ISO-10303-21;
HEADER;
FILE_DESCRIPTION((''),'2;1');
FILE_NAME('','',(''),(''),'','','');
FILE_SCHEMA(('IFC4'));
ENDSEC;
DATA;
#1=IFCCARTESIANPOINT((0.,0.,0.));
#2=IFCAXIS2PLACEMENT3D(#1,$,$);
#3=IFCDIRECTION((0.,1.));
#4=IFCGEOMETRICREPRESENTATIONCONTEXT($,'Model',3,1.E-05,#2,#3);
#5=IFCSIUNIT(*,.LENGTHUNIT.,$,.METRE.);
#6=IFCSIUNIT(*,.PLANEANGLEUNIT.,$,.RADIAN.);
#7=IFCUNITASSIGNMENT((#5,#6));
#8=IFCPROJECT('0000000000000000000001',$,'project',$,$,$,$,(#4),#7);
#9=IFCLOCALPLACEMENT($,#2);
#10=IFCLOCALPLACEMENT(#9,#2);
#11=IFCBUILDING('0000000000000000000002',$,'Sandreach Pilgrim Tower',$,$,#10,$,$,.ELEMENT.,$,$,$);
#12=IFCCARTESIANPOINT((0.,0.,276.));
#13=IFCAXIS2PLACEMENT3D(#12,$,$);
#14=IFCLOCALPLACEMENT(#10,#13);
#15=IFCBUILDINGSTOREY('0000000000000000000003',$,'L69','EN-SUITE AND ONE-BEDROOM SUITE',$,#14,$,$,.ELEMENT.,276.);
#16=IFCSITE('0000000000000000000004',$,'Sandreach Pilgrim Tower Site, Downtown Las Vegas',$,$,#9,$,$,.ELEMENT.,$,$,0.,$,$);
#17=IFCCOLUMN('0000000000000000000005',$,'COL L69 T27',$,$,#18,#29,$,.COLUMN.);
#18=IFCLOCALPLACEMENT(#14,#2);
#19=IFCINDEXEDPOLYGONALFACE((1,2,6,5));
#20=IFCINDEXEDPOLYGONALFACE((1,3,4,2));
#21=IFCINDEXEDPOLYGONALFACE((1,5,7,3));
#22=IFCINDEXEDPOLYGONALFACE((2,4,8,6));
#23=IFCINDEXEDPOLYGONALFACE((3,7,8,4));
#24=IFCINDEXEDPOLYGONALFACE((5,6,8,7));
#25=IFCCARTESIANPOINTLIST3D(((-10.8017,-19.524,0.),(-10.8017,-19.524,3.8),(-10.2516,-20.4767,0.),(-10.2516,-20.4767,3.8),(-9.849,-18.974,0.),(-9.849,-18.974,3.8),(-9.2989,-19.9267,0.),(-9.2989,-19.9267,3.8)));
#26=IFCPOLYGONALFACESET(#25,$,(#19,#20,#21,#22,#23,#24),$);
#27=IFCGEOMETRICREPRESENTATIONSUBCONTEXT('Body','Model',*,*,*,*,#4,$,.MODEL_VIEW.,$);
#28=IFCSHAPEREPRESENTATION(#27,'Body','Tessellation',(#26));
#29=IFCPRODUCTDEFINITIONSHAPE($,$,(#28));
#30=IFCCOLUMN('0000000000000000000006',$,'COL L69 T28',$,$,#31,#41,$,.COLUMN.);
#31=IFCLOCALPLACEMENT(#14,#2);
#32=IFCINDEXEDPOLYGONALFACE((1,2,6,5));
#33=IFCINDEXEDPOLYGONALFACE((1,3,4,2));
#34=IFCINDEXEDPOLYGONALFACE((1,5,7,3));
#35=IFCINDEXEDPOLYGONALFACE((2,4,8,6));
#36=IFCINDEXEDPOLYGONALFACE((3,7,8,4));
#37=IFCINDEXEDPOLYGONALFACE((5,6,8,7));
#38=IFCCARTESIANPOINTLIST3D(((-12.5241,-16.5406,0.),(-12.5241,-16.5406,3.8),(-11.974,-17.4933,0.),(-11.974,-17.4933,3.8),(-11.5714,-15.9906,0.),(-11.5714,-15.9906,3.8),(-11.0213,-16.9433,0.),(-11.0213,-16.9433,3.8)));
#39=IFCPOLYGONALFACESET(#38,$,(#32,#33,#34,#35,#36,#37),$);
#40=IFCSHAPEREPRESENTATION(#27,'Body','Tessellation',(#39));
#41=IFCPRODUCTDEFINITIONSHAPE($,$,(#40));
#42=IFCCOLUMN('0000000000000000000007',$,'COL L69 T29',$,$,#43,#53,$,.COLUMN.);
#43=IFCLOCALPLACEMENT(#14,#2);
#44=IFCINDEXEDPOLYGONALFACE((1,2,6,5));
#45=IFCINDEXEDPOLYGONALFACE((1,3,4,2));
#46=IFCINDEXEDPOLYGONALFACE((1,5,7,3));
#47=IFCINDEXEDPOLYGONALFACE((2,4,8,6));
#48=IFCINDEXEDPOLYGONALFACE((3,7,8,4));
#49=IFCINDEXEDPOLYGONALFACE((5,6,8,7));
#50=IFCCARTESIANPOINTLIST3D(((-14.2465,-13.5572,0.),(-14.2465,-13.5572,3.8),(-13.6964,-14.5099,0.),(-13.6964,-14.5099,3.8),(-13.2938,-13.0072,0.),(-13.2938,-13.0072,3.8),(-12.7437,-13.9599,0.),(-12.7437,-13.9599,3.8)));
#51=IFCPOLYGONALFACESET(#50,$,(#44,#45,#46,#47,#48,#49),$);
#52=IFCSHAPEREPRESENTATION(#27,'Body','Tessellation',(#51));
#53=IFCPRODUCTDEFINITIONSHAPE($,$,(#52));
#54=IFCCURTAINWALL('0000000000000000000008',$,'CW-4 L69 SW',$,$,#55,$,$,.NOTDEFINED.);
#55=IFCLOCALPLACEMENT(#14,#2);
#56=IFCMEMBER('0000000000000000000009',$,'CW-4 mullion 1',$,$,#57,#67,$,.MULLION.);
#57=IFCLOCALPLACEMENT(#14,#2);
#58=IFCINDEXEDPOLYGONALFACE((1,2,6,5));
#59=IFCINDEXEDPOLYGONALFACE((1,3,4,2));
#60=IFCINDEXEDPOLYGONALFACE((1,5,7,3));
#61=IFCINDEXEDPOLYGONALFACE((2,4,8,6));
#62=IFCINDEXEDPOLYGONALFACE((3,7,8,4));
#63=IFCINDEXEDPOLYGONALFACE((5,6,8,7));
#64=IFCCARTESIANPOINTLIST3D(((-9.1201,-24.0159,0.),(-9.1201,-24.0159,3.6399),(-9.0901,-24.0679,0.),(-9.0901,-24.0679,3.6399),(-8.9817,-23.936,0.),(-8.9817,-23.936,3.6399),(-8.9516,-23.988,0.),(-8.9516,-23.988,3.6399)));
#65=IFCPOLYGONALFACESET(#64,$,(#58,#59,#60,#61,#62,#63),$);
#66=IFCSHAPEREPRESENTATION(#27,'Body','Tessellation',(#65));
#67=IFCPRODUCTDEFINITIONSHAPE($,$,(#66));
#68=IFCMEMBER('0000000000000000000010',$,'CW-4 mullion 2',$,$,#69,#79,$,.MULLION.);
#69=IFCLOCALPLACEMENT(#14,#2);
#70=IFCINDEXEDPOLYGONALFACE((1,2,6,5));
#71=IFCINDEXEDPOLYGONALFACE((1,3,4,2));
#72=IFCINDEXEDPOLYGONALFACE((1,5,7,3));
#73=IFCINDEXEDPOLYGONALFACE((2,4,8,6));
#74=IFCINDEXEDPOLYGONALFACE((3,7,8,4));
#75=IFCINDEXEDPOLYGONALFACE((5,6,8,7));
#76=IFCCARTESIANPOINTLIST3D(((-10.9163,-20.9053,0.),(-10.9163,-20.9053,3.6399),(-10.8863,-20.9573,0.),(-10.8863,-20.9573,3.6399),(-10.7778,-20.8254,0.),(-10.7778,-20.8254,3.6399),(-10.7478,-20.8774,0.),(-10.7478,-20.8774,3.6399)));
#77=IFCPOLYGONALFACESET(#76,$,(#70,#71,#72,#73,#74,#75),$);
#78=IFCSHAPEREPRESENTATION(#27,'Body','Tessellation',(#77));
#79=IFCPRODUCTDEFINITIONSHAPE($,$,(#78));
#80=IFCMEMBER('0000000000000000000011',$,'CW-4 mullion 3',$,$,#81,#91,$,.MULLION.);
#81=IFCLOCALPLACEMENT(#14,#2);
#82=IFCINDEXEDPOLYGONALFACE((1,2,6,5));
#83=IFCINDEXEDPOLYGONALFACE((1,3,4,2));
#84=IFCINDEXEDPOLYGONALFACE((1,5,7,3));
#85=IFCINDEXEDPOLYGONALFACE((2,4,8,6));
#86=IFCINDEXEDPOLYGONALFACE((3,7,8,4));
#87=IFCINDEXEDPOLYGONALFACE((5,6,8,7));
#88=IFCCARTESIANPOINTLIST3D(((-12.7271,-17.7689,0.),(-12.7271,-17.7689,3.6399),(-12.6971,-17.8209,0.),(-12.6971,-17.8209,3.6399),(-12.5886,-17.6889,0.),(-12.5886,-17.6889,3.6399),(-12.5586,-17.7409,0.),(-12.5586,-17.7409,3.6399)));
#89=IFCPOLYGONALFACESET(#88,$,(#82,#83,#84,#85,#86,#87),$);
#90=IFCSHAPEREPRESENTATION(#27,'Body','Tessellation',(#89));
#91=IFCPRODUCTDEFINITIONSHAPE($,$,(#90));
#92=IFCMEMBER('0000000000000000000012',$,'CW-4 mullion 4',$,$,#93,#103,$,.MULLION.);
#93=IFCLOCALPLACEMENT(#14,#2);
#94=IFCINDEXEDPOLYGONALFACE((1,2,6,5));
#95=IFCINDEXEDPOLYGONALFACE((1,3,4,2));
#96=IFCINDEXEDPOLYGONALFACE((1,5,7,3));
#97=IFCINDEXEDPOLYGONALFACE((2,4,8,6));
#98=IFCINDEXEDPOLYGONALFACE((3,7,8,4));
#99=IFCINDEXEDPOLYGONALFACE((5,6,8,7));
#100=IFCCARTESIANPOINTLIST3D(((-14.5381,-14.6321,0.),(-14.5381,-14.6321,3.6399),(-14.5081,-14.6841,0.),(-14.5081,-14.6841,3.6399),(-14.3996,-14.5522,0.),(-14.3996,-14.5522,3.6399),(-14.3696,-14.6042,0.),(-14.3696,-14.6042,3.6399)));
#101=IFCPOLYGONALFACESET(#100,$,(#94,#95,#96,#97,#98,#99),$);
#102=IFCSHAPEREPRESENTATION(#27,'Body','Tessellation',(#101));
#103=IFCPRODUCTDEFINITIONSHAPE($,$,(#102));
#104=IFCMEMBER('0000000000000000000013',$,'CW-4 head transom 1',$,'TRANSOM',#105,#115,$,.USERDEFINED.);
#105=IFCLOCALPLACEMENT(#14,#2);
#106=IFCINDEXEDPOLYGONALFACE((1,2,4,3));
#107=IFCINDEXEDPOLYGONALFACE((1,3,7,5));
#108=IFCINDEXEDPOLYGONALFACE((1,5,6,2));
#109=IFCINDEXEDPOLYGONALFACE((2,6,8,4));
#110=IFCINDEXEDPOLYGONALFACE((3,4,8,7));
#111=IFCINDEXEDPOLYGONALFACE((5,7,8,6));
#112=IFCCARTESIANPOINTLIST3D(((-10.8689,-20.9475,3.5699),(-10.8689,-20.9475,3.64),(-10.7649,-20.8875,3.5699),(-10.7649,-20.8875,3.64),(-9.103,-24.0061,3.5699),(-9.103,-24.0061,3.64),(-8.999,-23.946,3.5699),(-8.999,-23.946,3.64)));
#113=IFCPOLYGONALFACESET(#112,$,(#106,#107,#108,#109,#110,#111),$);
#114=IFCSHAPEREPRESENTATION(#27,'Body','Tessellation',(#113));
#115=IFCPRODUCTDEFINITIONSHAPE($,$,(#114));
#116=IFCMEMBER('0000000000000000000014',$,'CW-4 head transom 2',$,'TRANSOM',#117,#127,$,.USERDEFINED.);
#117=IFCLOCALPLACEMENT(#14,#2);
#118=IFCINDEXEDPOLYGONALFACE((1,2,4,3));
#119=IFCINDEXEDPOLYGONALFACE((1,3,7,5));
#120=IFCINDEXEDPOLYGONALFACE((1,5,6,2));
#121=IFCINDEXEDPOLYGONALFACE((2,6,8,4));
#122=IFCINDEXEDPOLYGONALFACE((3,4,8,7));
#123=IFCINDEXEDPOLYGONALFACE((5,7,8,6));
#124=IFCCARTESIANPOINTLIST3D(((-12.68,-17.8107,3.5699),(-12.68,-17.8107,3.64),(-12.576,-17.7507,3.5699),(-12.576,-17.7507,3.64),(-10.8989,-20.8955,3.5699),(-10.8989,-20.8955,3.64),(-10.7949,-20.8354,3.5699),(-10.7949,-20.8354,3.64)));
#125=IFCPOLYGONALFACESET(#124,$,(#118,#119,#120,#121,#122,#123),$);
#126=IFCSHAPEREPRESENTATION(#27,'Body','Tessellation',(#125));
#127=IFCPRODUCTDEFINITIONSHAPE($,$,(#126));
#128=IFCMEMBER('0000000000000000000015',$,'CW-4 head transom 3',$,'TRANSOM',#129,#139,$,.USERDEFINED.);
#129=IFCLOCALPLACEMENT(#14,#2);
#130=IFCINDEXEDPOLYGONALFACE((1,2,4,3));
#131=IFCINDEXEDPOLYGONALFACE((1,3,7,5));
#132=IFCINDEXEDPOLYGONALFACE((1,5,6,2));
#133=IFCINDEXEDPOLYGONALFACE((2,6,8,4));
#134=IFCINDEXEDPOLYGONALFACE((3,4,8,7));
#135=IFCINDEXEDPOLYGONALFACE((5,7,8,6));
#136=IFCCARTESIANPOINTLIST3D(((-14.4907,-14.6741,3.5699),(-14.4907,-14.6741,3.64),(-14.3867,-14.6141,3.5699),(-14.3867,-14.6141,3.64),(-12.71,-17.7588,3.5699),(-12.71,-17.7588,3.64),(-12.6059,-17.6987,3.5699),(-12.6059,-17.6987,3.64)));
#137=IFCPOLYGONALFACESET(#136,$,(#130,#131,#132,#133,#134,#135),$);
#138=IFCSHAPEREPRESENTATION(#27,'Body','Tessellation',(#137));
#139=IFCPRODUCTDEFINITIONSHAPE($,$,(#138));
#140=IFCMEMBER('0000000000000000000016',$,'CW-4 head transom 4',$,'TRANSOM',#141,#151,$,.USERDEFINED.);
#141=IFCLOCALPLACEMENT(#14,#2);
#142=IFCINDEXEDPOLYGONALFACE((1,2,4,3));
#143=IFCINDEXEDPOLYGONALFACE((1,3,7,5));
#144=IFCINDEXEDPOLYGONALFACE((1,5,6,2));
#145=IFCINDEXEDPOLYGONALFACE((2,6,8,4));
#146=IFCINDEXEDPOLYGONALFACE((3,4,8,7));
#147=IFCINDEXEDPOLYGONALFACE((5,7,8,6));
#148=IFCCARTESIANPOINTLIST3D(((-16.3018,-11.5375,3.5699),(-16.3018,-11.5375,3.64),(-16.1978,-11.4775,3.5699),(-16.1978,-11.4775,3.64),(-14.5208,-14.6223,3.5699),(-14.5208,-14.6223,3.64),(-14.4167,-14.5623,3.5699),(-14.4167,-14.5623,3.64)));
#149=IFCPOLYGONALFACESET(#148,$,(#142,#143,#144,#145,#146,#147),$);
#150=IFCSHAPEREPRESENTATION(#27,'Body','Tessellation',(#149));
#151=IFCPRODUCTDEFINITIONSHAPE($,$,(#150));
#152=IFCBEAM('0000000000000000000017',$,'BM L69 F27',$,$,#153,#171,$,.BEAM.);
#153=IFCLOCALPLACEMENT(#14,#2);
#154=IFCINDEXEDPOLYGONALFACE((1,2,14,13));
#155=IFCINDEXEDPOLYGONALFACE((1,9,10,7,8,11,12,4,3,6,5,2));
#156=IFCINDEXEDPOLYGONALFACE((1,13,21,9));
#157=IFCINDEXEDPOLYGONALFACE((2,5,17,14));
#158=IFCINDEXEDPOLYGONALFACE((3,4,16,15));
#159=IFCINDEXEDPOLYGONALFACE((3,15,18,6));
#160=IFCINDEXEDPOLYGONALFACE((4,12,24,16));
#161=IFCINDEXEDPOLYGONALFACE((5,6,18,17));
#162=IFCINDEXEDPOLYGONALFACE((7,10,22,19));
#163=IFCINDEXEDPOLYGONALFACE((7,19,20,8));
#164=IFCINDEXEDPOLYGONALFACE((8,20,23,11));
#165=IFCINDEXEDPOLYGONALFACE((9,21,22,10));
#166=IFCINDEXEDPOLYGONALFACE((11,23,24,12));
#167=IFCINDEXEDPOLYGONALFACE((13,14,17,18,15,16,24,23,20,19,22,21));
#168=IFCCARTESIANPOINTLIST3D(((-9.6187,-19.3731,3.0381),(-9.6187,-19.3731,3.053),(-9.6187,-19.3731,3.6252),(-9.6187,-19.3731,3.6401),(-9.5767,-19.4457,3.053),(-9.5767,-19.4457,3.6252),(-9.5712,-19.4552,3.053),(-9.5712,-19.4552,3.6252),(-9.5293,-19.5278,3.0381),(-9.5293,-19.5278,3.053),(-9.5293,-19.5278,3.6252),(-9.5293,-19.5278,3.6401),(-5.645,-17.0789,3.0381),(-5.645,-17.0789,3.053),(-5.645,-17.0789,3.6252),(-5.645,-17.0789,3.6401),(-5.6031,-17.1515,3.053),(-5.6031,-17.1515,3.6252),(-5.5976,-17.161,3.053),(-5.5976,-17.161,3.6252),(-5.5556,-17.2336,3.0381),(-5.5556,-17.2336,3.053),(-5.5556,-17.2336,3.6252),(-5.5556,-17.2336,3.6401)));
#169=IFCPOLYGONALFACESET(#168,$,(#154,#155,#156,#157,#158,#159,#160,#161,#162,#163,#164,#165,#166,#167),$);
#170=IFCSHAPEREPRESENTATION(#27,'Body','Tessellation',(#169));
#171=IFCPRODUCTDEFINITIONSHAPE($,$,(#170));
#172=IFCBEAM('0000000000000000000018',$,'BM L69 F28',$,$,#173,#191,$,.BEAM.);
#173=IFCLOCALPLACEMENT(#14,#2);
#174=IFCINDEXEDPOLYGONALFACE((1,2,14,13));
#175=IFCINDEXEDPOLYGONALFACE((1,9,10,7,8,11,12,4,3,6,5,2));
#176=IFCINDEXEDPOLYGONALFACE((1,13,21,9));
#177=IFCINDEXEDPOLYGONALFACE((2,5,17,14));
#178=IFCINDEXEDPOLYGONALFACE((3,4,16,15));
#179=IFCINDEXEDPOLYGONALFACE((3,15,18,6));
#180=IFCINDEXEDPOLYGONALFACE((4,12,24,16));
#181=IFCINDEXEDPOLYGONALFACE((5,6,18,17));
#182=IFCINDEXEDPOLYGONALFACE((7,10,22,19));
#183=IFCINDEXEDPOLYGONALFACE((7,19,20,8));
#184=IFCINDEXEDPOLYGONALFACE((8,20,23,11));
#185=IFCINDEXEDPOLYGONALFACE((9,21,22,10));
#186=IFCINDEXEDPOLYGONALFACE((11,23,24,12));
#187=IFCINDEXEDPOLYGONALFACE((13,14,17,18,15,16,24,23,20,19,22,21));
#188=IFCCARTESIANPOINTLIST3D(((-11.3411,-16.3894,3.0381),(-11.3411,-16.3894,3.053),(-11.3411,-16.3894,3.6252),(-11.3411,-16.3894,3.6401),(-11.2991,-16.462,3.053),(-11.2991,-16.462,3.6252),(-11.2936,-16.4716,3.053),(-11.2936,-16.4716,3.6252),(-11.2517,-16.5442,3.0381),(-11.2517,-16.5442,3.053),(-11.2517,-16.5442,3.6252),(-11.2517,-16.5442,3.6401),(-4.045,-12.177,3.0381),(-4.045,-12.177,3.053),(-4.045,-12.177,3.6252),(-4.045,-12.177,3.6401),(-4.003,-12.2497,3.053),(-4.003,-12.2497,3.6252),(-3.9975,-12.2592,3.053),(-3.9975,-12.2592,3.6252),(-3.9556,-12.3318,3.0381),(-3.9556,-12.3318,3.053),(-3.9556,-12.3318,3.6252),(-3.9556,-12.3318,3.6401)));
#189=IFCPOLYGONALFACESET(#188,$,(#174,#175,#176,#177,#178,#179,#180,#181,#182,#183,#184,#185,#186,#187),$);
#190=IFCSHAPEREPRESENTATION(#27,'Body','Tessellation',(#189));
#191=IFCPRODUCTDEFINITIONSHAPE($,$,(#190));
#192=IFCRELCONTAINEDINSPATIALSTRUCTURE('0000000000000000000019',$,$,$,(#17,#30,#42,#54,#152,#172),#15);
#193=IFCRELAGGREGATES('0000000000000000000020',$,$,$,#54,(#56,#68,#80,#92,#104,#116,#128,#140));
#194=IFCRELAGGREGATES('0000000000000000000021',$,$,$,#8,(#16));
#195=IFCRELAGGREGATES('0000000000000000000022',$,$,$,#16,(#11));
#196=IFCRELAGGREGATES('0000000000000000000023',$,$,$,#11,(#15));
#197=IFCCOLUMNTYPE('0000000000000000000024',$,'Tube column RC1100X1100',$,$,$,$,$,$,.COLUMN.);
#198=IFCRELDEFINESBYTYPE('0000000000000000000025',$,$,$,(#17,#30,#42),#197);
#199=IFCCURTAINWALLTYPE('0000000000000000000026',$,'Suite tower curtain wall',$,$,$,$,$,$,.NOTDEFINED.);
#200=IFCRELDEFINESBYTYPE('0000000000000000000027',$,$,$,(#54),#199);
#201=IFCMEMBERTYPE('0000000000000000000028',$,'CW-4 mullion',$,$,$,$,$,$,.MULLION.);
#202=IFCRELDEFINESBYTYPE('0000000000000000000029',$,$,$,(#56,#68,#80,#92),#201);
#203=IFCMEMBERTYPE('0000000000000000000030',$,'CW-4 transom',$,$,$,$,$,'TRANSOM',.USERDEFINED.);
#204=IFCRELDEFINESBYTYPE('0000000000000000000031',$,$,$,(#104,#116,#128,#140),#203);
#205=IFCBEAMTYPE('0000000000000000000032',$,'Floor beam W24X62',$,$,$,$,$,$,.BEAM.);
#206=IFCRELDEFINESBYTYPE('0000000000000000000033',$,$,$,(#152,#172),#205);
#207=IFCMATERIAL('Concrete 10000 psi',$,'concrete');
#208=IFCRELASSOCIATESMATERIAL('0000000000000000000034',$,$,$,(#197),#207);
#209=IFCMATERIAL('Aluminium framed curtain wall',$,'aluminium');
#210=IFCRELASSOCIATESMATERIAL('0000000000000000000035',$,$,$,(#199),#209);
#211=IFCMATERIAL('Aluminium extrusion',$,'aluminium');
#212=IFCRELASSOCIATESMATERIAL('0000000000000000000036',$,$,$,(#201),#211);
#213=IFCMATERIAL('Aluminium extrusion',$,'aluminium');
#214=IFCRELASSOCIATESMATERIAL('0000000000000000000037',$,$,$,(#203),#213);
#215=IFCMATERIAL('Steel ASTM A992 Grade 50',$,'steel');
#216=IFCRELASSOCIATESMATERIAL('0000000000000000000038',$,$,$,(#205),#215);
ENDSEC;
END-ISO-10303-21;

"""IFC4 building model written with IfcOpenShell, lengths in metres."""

from ifc_helpers import new_model, si_unit, direction, frame, origin, origin_2d, place, context, subcontext, project, spatial, rectangle, i_section, extrude, material, material_profile, profile_set, type_object, element, aggregate, save


model = new_model("IFC4")

# Units and contexts
model_context = context("Model", 3, precision=1e-05, world=origin(), true_north=direction((0.0, 1.0)))
body_context = subcontext(model_context, "Body", "Model", "MODEL_VIEW")
ifc_project = project(units=[si_unit("LENGTHUNIT", "METRE"), si_unit("PLANEANGLEUNIT", "RADIAN")], contexts=[model_context])

# Site, building, storey
site_placement = place(None, origin())
site = spatial("IfcSite", under=ifc_project, at=site_placement, Name="Sandreach Pilgrim Tower Site, Downtown Las Vegas", CompositionType="ELEMENT", RefElevation=0.0)
building_placement = place(site_placement, origin())
building = spatial("IfcBuilding", under=site, at=building_placement, Name="Sandreach Pilgrim Tower", CompositionType="ELEMENT")
storey_placement = place(building_placement, frame((0.0, 0.0, 276.0)))
storey = spatial("IfcBuildingStorey", under=building, at=storey_placement, Name="L69", Description="EN-SUITE AND ONE-BEDROOM SUITE", CompositionType="ELEMENT", Elevation=276.0)

# Columns
ifc_material_1 = material(Name="Concrete 10000 psi", Category="concrete")
ifc_material_profile_1 = material_profile(ifc_material_1, rectangle(XDim=1.1001, YDim=1.1001, at=origin_2d()), Name="RC1100X1100")
ifc_profile_set_1 = profile_set([ifc_material_profile_1], Name="Concrete 10000 psi")
column_type = type_object("IfcColumnType", Name="Tube column RC1100X1100", PredefinedType="COLUMN", material=ifc_profile_set_1)
for number, where, z_axis, x_axis, name in (
    (1, (-10.0503, -19.7253, 0.0), (0.0, 0.0, 1.0), (-0.866025, -0.5, 0.0), "COL L69 T27"),
    (2, (-11.7727, -16.7419, 0.0), (0.0, 0.0, 1.0), (-0.866025, -0.5, 0.0), "COL L69 T28"),
    (3, (-13.4951, -13.7585, 0.0), (0.0, 0.0, 1.0), (-0.866025, -0.5, 0.0), "COL L69 T29"),
):
    element("IfcColumn", number, at=place(storey_placement, frame(where, z_axis=z_axis, x_axis=x_axis)), inside=storey, type_object=column_type, Name=name, PredefinedType="COLUMN", context=body_context, shape_type="SweptSolid", body=[
        extrude(rectangle(XDim=1.1001, YDim=1.1001, at=origin_2d()), origin(), (0.0, 0.0, 1.0), 3.8),
    ])

# Curtain wall, members
ifc_material_2 = material(Name="Aluminium framed curtain wall", Category="aluminium")
curtain_wall_type = type_object("IfcCurtainWallType", Name="Suite tower curtain wall", PredefinedType="NOTDEFINED", material=ifc_material_2)
curtain_wall_placement = place(storey_placement, origin())
curtain_wall = element("IfcCurtainWall", 4, at=curtain_wall_placement, inside=storey, type_object=curtain_wall_type, Name="CW-4 L69 SW", PredefinedType="NOTDEFINED")
ifc_material_3 = material(Name="Aluminium extrusion", Category="aluminium")
ifc_material_profile_2 = material_profile(ifc_material_3, rectangle(XDim=0.0601, YDim=0.1599, at=origin_2d()), Name="CW-4M 60X160")
ifc_profile_set_2 = profile_set([ifc_material_profile_2], Name="Aluminium extrusion")
member_type_1 = type_object("IfcMemberType", Name="CW-4 mullion", PredefinedType="MULLION", material=ifc_profile_set_2)
member_1_placement = place(storey_placement, frame((-9.0359, -24.002, 0.0), z_axis=(0.0, 0.0, 1.0), x_axis=(-0.5, 0.866025, 0.0)))
member_1 = element("IfcMember", 5, at=member_1_placement, type_object=member_type_1, Name="CW-4 mullion 1", PredefinedType="MULLION", context=body_context, shape_type="SweptSolid", body=[
    extrude(rectangle(XDim=0.0601, YDim=0.1599, at=origin_2d()), origin(), (0.0, 0.0, 1.0), 3.6399),
])
member_2_placement = place(storey_placement, frame((-10.832, -20.8914, 0.0), z_axis=(0.0, 0.0, 1.0), x_axis=(-0.5, 0.866025, 0.0)))
member_2 = element("IfcMember", 6, at=member_2_placement, type_object=member_type_1, Name="CW-4 mullion 2", PredefinedType="MULLION", context=body_context, shape_type="SweptSolid", body=[
    extrude(rectangle(XDim=0.0601, YDim=0.1599, at=origin_2d()), origin(), (0.0, 0.0, 1.0), 3.6399),
])
member_3_placement = place(storey_placement, frame((-12.6428, -17.7549, 0.0), z_axis=(0.0, 0.0, 1.0), x_axis=(-0.5, 0.866025, 0.0)))
member_3 = element("IfcMember", 7, at=member_3_placement, type_object=member_type_1, Name="CW-4 mullion 3", PredefinedType="MULLION", context=body_context, shape_type="SweptSolid", body=[
    extrude(rectangle(XDim=0.0601, YDim=0.1599, at=origin_2d()), origin(), (0.0, 0.0, 1.0), 3.6399),
])
member_4_placement = place(storey_placement, frame((-14.4539, -14.6182, 0.0), z_axis=(0.0, 0.0, 1.0), x_axis=(-0.5, 0.866025, 0.0)))
member_4 = element("IfcMember", 8, at=member_4_placement, type_object=member_type_1, Name="CW-4 mullion 4", PredefinedType="MULLION", context=body_context, shape_type="SweptSolid", body=[
    extrude(rectangle(XDim=0.0601, YDim=0.1599, at=origin_2d()), origin(), (0.0, 0.0, 1.0), 3.6399),
])
ifc_material_4 = material(Name="Aluminium extrusion", Category="aluminium")
ifc_material_profile_3 = material_profile(ifc_material_4, rectangle(XDim=0.1201, YDim=0.0701, at=origin_2d()), Name="CW-4T 120X70")
ifc_profile_set_3 = profile_set([ifc_material_profile_3], Name="Aluminium extrusion")
member_type_2 = type_object("IfcMemberType", Name="CW-4 transom", ElementType="TRANSOM", PredefinedType="USERDEFINED", material=ifc_profile_set_3)
member_5_placement = place(storey_placement, frame((-9.051, -23.9761, 3.605), z_axis=(-0.499998, 0.866027, 0.0), x_axis=(-0.866027, -0.499998, 0.0)))
member_5 = element("IfcMember", 9, at=member_5_placement, type_object=member_type_2, Name="CW-4 head transom 1", ObjectType="TRANSOM", PredefinedType="USERDEFINED", context=body_context, shape_type="SweptSolid", body=[
    extrude(rectangle(XDim=0.1201, YDim=0.0701, at=origin_2d()), origin(), (0.0, 0.0, 1.0), 3.5317),
])
member_6_placement = place(storey_placement, frame((-10.8469, -20.8655, 3.605), z_axis=(-0.500009, 0.86602, 0.0), x_axis=(-0.86602, -0.500009, 0.0)))
member_6 = element("IfcMember", 10, at=member_6_placement, type_object=member_type_2, Name="CW-4 head transom 2", ObjectType="TRANSOM", PredefinedType="USERDEFINED", context=body_context, shape_type="SweptSolid", body=[
    extrude(rectangle(XDim=0.1201, YDim=0.0701, at=origin_2d()), origin(), (0.0, 0.0, 1.0), 3.562),
])
member_7_placement = place(storey_placement, frame((-12.658, -17.7288, 3.605), z_axis=(-0.499958, 0.86605, 0.0), x_axis=(-0.86605, -0.499958, 0.0)))
member_7 = element("IfcMember", 11, at=member_7_placement, type_object=member_type_2, Name="CW-4 head transom 3", ObjectType="TRANSOM", PredefinedType="USERDEFINED", context=body_context, shape_type="SweptSolid", body=[
    extrude(rectangle(XDim=0.1201, YDim=0.0701, at=origin_2d()), origin(), (0.0, 0.0, 1.0), 3.5618),
])
member_8_placement = place(storey_placement, frame((-14.4688, -14.5923, 3.605), z_axis=(-0.500009, 0.86602, 0.0), x_axis=(-0.86602, -0.500009, 0.0)))
member_8 = element("IfcMember", 12, at=member_8_placement, type_object=member_type_2, Name="CW-4 head transom 4", ObjectType="TRANSOM", PredefinedType="USERDEFINED", context=body_context, shape_type="SweptSolid", body=[
    extrude(rectangle(XDim=0.1201, YDim=0.0701, at=origin_2d()), origin(), (0.0, 0.0, 1.0), 3.562),
])

# Beams
ifc_material_5 = material(Name="Steel ASTM A992 Grade 50", Category="steel")
ifc_material_profile_4 = material_profile(ifc_material_5, i_section(OverallWidth=0.1787, OverallDepth=0.6021, WebThickness=0.011, FlangeThickness=0.0149, at=origin_2d()), Name="W24X62")
ifc_profile_set_4 = profile_set([ifc_material_profile_4], Name="Steel ASTM A992 Grade 50")
beam_type_1 = type_object("IfcBeamType", Name="Floor beam W24X62", PredefinedType="BEAM", material=ifc_profile_set_4)
beam_1_placement = place(storey_placement, frame((-9.574, -19.4504, 3.3391), z_axis=(0.866024, 0.500002, 0.0), x_axis=(-0.500002, 0.866024, 0.0)))
element("IfcBeam", 13, at=beam_1_placement, inside=storey, type_object=beam_type_1, Name="BM L69 F27", PredefinedType="BEAM", context=body_context, shape_type="SweptSolid", body=[
    extrude(i_section(OverallWidth=0.1787, OverallDepth=0.6021, WebThickness=0.011, FlangeThickness=0.0149, at=origin_2d()), origin(), (0.0, 0.0, 1.0), 4.5884),
])
beam_2_placement = place(storey_placement, frame((-11.2964, -16.4668, 3.3391), z_axis=(0.866027, 0.499998, 0.0), x_axis=(-0.499998, 0.866027, 0.0)))
element("IfcBeam", 14, at=beam_2_placement, inside=storey, type_object=beam_type_1, Name="BM L69 F28", PredefinedType="BEAM", context=body_context, shape_type="SweptSolid", body=[
    extrude(i_section(OverallWidth=0.1787, OverallDepth=0.6021, WebThickness=0.011, FlangeThickness=0.0149, at=origin_2d()), origin(), (0.0, 0.0, 1.0), 8.4248),
])

aggregate(curtain_wall, [member_1, member_2, member_3, member_4, member_5, member_6, member_7, member_8])

save(model, "model.ifc")
